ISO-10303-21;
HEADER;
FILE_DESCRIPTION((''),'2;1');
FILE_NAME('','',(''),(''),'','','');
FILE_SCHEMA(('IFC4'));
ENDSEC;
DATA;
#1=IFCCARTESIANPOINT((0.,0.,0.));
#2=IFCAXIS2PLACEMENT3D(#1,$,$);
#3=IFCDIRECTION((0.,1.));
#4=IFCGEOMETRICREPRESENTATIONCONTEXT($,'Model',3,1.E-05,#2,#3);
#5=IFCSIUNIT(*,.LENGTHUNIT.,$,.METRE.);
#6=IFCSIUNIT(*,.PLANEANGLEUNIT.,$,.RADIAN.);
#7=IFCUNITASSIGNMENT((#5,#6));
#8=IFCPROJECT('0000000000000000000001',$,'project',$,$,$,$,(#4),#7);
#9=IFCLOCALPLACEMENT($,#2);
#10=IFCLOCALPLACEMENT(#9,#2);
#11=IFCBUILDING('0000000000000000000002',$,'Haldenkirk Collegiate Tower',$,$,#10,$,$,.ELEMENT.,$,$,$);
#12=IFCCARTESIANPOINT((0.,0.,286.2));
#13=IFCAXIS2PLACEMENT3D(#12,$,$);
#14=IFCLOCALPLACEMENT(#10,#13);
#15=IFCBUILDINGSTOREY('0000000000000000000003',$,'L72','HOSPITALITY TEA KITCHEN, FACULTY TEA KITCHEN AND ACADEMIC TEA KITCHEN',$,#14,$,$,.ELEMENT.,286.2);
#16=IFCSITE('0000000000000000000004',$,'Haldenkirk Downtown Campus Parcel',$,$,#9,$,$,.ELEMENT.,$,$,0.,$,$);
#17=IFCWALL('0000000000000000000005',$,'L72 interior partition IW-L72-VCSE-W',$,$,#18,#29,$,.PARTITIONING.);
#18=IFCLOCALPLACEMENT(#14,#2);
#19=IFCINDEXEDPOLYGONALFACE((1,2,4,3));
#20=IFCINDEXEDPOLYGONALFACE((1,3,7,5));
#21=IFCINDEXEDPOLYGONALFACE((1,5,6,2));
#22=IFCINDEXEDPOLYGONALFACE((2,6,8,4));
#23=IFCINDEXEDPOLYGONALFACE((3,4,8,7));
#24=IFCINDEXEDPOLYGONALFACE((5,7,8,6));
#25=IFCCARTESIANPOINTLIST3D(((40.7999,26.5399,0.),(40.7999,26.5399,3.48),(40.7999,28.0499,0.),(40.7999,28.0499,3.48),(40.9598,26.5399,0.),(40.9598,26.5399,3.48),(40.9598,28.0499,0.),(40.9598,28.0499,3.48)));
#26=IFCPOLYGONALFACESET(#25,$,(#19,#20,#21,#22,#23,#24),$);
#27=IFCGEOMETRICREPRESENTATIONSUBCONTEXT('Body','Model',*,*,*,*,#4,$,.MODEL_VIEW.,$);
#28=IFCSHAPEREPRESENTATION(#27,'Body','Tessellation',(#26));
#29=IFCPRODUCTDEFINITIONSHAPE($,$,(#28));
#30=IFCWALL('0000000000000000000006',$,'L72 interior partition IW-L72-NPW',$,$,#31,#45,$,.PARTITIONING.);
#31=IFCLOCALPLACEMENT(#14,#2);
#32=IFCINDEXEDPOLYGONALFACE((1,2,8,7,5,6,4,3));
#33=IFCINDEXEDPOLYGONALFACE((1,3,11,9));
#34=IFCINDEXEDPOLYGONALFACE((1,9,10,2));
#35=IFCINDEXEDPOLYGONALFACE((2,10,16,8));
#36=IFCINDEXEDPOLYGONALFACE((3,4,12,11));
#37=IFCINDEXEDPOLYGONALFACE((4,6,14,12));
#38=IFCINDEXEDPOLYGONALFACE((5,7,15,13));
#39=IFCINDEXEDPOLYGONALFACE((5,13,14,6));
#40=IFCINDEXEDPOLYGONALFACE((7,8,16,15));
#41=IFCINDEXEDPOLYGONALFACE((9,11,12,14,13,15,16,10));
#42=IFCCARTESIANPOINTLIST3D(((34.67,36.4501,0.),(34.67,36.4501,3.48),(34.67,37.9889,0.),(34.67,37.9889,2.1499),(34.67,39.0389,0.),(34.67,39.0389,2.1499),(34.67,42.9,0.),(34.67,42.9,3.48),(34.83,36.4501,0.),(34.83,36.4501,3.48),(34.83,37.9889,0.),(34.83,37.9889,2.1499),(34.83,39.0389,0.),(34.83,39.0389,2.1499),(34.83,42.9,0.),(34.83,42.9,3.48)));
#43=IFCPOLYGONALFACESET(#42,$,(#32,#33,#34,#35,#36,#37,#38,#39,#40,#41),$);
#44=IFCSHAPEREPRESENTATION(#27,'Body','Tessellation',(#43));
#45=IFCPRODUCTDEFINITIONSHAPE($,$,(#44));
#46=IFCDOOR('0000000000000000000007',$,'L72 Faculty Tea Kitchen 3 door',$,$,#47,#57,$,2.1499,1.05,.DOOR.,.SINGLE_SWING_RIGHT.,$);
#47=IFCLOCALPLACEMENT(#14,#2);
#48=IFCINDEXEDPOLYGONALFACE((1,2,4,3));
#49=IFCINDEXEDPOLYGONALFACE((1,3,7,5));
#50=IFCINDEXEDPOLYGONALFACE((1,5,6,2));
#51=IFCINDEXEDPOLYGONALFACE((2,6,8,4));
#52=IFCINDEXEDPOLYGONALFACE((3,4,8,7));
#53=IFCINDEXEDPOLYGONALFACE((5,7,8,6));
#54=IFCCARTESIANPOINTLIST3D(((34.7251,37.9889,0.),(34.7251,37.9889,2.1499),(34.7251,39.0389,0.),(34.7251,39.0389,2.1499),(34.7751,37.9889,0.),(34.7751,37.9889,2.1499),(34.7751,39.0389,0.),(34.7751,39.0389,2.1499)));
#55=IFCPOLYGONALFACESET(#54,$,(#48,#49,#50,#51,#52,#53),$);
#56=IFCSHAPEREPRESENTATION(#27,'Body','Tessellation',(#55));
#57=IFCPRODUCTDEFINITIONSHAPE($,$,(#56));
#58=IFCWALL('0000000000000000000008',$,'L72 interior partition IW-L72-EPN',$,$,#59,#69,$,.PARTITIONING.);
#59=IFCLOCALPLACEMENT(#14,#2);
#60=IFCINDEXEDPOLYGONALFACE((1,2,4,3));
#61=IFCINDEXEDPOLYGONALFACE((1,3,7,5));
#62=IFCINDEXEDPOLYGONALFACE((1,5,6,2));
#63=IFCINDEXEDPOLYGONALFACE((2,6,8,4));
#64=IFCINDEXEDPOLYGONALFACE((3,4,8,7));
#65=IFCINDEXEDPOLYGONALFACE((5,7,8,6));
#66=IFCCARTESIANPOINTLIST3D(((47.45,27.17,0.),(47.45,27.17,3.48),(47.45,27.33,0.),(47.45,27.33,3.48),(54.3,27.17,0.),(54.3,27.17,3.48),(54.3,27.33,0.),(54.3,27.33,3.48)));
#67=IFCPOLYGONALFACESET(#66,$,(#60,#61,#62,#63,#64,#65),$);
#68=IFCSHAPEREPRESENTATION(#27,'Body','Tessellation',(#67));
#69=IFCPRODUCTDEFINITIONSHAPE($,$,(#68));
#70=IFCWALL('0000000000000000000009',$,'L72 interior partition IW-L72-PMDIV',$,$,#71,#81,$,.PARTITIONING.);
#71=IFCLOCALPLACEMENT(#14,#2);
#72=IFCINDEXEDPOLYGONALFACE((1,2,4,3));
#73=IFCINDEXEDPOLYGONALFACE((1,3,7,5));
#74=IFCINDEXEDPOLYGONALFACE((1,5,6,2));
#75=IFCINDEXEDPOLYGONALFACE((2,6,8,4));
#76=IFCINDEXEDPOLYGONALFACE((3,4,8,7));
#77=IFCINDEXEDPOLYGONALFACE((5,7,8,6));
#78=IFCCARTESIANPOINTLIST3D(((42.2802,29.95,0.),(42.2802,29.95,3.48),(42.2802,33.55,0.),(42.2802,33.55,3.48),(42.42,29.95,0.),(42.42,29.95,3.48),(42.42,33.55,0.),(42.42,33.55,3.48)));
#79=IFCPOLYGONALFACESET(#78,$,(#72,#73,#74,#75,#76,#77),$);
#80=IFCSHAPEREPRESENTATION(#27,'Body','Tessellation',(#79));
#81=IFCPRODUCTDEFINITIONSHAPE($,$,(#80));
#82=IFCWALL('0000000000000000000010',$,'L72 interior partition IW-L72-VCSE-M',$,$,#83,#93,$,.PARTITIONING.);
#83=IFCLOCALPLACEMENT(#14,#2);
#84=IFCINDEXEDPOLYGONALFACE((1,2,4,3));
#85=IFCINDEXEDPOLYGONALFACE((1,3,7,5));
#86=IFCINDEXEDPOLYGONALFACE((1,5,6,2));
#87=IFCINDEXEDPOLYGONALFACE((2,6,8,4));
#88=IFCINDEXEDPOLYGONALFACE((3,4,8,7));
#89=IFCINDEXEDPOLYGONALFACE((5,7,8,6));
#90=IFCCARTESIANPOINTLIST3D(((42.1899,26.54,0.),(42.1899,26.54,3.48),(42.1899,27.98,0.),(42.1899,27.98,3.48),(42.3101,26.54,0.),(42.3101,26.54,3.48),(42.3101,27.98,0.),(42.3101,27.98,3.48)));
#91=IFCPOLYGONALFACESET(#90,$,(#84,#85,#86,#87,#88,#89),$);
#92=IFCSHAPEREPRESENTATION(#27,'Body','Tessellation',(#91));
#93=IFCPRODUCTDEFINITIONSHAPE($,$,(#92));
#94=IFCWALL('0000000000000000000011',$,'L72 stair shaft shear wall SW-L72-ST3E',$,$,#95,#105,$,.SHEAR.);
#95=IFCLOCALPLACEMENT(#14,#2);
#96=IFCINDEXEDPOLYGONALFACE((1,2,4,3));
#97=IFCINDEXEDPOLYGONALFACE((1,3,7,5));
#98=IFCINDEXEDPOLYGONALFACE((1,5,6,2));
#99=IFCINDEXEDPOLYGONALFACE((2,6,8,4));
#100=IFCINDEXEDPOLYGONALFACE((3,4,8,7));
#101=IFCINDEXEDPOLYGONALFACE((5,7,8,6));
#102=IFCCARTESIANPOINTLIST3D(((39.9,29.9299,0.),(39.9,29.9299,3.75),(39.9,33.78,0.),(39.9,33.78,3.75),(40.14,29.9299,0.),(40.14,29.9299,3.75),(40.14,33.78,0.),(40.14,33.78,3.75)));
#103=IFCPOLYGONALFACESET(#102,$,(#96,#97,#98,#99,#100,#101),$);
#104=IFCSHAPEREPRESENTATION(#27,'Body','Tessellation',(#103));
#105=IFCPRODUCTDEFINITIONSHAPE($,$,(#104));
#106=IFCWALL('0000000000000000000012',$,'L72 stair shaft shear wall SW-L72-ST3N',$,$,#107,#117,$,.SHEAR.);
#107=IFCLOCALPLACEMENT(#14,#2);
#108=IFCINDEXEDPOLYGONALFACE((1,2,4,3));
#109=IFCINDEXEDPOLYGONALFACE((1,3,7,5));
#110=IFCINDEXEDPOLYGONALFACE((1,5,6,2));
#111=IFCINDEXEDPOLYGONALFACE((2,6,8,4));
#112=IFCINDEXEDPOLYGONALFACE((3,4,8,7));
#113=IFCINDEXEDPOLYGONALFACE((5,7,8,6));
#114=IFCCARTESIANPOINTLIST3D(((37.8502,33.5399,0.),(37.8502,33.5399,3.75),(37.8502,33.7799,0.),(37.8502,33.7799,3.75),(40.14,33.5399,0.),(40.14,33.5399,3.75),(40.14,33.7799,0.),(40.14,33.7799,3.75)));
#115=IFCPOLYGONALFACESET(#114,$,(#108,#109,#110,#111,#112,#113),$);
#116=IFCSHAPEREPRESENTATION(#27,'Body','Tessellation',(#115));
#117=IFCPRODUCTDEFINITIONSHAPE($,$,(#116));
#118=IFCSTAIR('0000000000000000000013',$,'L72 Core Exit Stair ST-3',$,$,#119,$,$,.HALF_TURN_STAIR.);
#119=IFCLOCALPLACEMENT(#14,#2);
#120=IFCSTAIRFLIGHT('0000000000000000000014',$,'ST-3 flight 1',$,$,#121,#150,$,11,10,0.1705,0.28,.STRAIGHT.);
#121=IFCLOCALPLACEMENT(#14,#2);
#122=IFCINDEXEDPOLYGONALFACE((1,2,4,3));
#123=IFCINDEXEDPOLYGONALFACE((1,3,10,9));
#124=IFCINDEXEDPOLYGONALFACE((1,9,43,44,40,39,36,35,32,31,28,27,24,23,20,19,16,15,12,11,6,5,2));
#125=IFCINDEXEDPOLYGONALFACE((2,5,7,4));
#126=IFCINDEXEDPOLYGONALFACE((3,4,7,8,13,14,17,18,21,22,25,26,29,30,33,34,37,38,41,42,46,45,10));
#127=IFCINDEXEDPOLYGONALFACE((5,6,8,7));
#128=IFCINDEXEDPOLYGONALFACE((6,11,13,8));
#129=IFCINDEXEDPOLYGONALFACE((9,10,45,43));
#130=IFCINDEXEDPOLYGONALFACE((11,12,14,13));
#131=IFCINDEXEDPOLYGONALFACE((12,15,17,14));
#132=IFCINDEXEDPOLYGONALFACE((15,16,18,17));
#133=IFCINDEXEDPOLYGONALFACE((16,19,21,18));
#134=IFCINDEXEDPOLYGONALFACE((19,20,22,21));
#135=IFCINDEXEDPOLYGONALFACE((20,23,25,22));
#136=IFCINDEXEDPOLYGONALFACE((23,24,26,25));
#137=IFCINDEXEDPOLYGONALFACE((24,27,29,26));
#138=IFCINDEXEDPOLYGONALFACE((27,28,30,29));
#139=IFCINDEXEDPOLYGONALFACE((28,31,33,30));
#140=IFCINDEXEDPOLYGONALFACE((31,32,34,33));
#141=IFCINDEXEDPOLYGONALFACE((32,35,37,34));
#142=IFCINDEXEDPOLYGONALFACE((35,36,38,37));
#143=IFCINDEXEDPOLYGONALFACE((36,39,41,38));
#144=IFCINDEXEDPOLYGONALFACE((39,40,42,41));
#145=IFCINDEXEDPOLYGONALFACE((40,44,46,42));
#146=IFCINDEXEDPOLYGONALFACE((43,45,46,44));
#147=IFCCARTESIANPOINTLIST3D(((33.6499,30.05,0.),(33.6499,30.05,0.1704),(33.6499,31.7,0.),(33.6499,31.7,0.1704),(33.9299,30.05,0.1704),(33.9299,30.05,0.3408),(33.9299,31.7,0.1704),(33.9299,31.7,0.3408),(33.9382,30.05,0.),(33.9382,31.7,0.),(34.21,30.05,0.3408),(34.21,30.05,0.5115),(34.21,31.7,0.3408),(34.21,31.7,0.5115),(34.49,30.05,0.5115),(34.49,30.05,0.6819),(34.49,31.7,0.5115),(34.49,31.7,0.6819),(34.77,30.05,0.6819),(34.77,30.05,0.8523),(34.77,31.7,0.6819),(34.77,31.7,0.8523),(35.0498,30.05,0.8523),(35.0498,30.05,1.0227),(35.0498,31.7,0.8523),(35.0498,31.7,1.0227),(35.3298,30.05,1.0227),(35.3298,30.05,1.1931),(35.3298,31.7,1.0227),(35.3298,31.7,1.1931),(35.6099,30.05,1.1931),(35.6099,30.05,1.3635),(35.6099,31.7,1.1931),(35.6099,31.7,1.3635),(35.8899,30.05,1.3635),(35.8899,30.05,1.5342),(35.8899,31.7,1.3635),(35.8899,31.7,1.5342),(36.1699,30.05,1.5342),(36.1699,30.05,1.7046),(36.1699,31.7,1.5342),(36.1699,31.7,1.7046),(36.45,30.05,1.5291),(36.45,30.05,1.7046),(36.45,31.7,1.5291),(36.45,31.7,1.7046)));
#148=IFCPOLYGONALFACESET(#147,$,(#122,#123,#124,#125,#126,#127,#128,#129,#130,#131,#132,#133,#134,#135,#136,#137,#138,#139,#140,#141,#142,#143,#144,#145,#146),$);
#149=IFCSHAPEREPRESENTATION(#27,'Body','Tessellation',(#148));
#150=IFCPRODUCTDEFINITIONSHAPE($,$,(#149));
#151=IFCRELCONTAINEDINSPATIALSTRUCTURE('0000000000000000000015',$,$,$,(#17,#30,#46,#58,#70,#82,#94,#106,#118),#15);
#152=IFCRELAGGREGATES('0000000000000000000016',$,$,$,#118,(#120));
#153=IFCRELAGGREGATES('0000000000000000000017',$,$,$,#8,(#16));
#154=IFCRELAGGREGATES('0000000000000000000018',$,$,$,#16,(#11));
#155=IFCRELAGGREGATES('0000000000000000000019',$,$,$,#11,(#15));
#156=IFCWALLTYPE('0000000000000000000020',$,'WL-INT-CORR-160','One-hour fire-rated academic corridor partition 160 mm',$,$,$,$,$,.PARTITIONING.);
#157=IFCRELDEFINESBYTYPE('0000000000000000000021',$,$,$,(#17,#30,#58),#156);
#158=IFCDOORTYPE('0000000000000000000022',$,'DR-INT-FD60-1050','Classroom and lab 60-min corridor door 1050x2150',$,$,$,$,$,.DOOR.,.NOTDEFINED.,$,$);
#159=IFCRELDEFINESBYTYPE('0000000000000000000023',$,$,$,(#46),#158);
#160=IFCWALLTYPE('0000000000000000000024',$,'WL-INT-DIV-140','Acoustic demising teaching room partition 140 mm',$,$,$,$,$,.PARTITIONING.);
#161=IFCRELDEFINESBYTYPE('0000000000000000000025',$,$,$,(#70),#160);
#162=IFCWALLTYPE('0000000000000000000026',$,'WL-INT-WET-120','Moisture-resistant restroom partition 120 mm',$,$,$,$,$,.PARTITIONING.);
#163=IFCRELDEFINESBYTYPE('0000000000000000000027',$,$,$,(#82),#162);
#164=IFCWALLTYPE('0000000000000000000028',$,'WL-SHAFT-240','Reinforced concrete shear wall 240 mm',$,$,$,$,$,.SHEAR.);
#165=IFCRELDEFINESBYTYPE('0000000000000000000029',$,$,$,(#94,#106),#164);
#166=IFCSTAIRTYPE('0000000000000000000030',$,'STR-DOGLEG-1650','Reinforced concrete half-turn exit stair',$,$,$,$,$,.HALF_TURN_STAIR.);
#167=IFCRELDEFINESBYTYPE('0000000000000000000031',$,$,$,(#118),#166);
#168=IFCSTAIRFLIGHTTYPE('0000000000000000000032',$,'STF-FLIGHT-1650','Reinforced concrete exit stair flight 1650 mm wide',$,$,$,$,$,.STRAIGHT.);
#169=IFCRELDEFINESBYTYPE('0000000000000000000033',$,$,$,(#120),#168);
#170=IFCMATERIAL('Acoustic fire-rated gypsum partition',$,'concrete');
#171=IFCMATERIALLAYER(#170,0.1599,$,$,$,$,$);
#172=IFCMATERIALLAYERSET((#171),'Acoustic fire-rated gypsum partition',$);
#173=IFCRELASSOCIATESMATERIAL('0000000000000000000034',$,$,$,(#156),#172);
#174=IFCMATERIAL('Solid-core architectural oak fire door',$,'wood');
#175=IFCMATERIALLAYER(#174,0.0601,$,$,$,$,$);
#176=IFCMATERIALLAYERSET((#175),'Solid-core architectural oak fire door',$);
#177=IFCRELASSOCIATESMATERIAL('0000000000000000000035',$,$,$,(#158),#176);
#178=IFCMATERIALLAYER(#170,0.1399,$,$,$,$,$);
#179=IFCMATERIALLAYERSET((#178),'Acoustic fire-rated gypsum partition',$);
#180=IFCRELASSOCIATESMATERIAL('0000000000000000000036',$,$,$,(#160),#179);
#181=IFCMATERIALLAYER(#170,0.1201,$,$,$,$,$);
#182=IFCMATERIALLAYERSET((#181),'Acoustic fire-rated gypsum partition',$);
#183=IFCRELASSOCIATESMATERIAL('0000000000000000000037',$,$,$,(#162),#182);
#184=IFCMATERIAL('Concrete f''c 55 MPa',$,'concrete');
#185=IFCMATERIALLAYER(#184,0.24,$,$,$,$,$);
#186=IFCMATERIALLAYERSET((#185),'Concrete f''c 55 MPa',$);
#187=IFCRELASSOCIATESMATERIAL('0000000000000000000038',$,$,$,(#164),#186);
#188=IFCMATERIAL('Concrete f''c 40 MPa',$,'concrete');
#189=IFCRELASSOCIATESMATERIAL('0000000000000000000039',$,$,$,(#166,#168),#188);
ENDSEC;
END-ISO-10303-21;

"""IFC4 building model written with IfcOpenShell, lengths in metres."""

from ifc_helpers import new_model, si_unit, direction, frame, frame_2d, origin, place, context, subcontext, project, spatial, polyline, rectangle, outline, extrude, material, layer, layer_set, type_object, element, fill, aggregate, save


model = new_model("IFC4")

# Units and contexts
model_context = context("Model", 3, precision=1e-05, world=origin(), true_north=direction((0.0, 1.0)))
body_context = subcontext(model_context, "Body", "Model", "MODEL_VIEW")
ifc_project = project(units=[si_unit("LENGTHUNIT", "METRE"), si_unit("PLANEANGLEUNIT", "RADIAN")], contexts=[model_context])

# Site, building, storey
site_placement = place(None, origin())
site = spatial("IfcSite", under=ifc_project, at=site_placement, Name="Haldenkirk Downtown Campus Parcel", CompositionType="ELEMENT", RefElevation=0.0)
building_placement = place(site_placement, origin())
building = spatial("IfcBuilding", under=site, at=building_placement, Name="Haldenkirk Collegiate Tower", CompositionType="ELEMENT")
storey_placement = place(building_placement, frame((0.0, 0.0, 286.2)))
storey = spatial("IfcBuildingStorey", under=building, at=storey_placement, Name="L72", Description="HOSPITALITY TEA KITCHEN, FACULTY TEA KITCHEN AND ACADEMIC TEA KITCHEN", CompositionType="ELEMENT", Elevation=286.2)

# Shared definitions
ifc_material_1 = material(Name="Acoustic fire-rated gypsum partition", Category="concrete")
ifc_layer_1 = layer(ifc_material_1, 0.1599)
ifc_layer_set_1 = layer_set([ifc_layer_1], Name="Acoustic fire-rated gypsum partition")
wall_type_1 = type_object("IfcWallType", Name="WL-INT-CORR-160", Description="One-hour fire-rated academic corridor partition 160 mm", PredefinedType="PARTITIONING", material=ifc_layer_set_1)
ifc_material_2 = material(Name="Solid-core architectural oak fire door", Category="wood")

# Wall
wall_1_placement = place(storey_placement, frame((40.8799, 26.54, 0.0), z_axis=(0.0, 0.0, 1.0), x_axis=(0.0, 1.0, 0.0)))
element("IfcWall", 1, at=wall_1_placement, inside=storey, type_object=wall_type_1, Name="L72 interior partition IW-L72-VCSE-W", PredefinedType="PARTITIONING", context=body_context, shape_type="SweptSolid", body=[
    extrude(rectangle(XDim=1.51, YDim=0.1599, at=frame_2d((0.7549, 0.0))), origin(), (0.0, 0.0, 1.0), 3.48),
])

# Shared definitions
ifc_layer_2 = layer(ifc_material_2, 0.0601)
ifc_layer_set_2 = layer_set([ifc_layer_2], Name="Solid-core architectural oak fire door")
door_type_1 = type_object("IfcDoorType", Name="DR-INT-FD60-1050", Description="Classroom and lab 60-min corridor door 1050x2150", OperationType="NOTDEFINED", PredefinedType="DOOR", material=ifc_layer_set_2)

# Wall, opening, door
wall_2_placement = place(storey_placement, frame((34.75, 36.45, 0.0), z_axis=(0.0, 0.0, 1.0), x_axis=(0.0, 1.0, 0.0)))
wall_2 = element("IfcWall", 2, at=wall_2_placement, inside=storey, type_object=wall_type_1, Name="L72 interior partition IW-L72-NPW", PredefinedType="PARTITIONING", context=body_context, shape_type="SweptSolid", body=[
    extrude(rectangle(XDim=6.45, YDim=0.1599, at=frame_2d((3.2251, 0.0))), origin(), (0.0, 0.0, 1.0), 3.48),
])
opening_1_placement = place(wall_2_placement, frame((1.5391, 0.0, 0.0)))
opening_1 = element("IfcOpeningElement", 3, at=opening_1_placement, cuts=wall_2, PredefinedType="OPENING", context=body_context, shape_type="SweptSolid", body=[
    extrude(rectangle(XDim=1.05, YDim=2.1499, at=frame_2d((0.5249, 1.075))), frame((0.0, 0.0898, 0.0), z_axis=(0.0, -1.0, 0.0), x_axis=(1.0, 0.0, 0.0)), (0.0, 0.0, 1.0), 0.1799),
])
door_1_placement = place(opening_1_placement, origin())
door_1 = element("IfcDoor", 4, at=door_1_placement, inside=storey, type_object=door_type_1, Name="L72 Faculty Tea Kitchen 3 door", OperationType="SINGLE_SWING_RIGHT", OverallHeight=2.1499, OverallWidth=1.05, PredefinedType="DOOR", context=body_context, shape_type="SweptSolid", body=[
    extrude(rectangle(XDim=1.05, YDim=2.1499, at=frame_2d((0.5249, 1.075))), frame((0.0, 0.0249, 0.0), z_axis=(0.0, -1.0, 0.0), x_axis=(1.0, 0.0, 0.0)), (0.0, 0.0, 1.0), 0.05),
])
fill(opening_1, door_1)

# Walls
wall_3_placement = place(storey_placement, frame((47.45, 27.25, 0.0), z_axis=(0.0, 0.0, 1.0), x_axis=(1.0, 0.0, 0.0)))
element("IfcWall", 5, at=wall_3_placement, inside=storey, type_object=wall_type_1, Name="L72 interior partition IW-L72-EPN", PredefinedType="PARTITIONING", context=body_context, shape_type="SweptSolid", body=[
    extrude(rectangle(XDim=6.8501, YDim=0.1599, at=frame_2d((3.425, 0.0))), origin(), (0.0, 0.0, 1.0), 3.48),
])
ifc_layer_3 = layer(ifc_material_1, 0.1399)
ifc_layer_set_3 = layer_set([ifc_layer_3], Name="Acoustic fire-rated gypsum partition")
wall_type_2 = type_object("IfcWallType", Name="WL-INT-DIV-140", Description="Acoustic demising teaching room partition 140 mm", PredefinedType="PARTITIONING", material=ifc_layer_set_3)
wall_4_placement = place(storey_placement, frame((42.3501, 29.95, 0.0), z_axis=(0.0, 0.0, 1.0), x_axis=(0.0, 1.0, 0.0)))
element("IfcWall", 6, at=wall_4_placement, inside=storey, type_object=wall_type_2, Name="L72 interior partition IW-L72-PMDIV", PredefinedType="PARTITIONING", context=body_context, shape_type="SweptSolid", body=[
    extrude(rectangle(XDim=3.6001, YDim=0.1399, at=frame_2d((1.8, 0.0))), origin(), (0.0, 0.0, 1.0), 3.48),
])
ifc_layer_4 = layer(ifc_material_1, 0.1201)
ifc_layer_set_4 = layer_set([ifc_layer_4], Name="Acoustic fire-rated gypsum partition")
wall_type_3 = type_object("IfcWallType", Name="WL-INT-WET-120", Description="Moisture-resistant restroom partition 120 mm", PredefinedType="PARTITIONING", material=ifc_layer_set_4)
wall_5_placement = place(storey_placement, frame((42.25, 26.54, 0.0), z_axis=(0.0, 0.0, 1.0), x_axis=(0.0, 1.0, 0.0)))
element("IfcWall", 7, at=wall_5_placement, inside=storey, type_object=wall_type_3, Name="L72 interior partition IW-L72-VCSE-M", PredefinedType="PARTITIONING", context=body_context, shape_type="SweptSolid", body=[
    extrude(rectangle(XDim=1.4399, YDim=0.1201, at=frame_2d((0.72, 0.0))), origin(), (0.0, 0.0, 1.0), 3.48),
])
ifc_material_3 = material(Name="Concrete f'c 55 MPa", Category="concrete")
ifc_layer_5 = layer(ifc_material_3, 0.24)
ifc_layer_set_5 = layer_set([ifc_layer_5], Name="Concrete f'c 55 MPa")
wall_type_4 = type_object("IfcWallType", Name="WL-SHAFT-240", Description="Reinforced concrete shear wall 240 mm", PredefinedType="SHEAR", material=ifc_layer_set_5)
wall_6_placement = place(storey_placement, frame((40.02, 29.9299, 0.0), z_axis=(0.0, 0.0, 1.0), x_axis=(0.0, 1.0, 0.0)))
element("IfcWall", 8, at=wall_6_placement, inside=storey, type_object=wall_type_4, Name="L72 stair shaft shear wall SW-L72-ST3E", PredefinedType="SHEAR", context=body_context, shape_type="SweptSolid", body=[
    extrude(rectangle(XDim=3.8501, YDim=0.24, at=frame_2d((1.925, 0.0))), origin(), (0.0, 0.0, 1.0), 3.75),
])
wall_7_placement = place(storey_placement, frame((37.8501, 33.6599, 0.0), z_axis=(0.0, 0.0, 1.0), x_axis=(1.0, 0.0, 0.0)))
element("IfcWall", 9, at=wall_7_placement, inside=storey, type_object=wall_type_4, Name="L72 stair shaft shear wall SW-L72-ST3N", PredefinedType="SHEAR", context=body_context, shape_type="SweptSolid", body=[
    extrude(rectangle(XDim=2.2898, YDim=0.24, at=frame_2d((1.145, 0.0))), origin(), (0.0, 0.0, 1.0), 3.75),
])

# Stair, stair flight
ifc_material_4 = material(Name="Concrete f'c 40 MPa", Category="concrete")
stair_type = type_object("IfcStairType", Name="STR-DOGLEG-1650", Description="Reinforced concrete half-turn exit stair", PredefinedType="HALF_TURN_STAIR", material=ifc_material_4)
stair_placement = place(storey_placement, origin())
stair = element("IfcStair", 10, at=stair_placement, inside=storey, type_object=stair_type, Name="L72 Core Exit Stair ST-3", PredefinedType="HALF_TURN_STAIR")
stair_flight_type = type_object("IfcStairFlightType", Name="STF-FLIGHT-1650", Description="Reinforced concrete exit stair flight 1650 mm wide", PredefinedType="STRAIGHT", material=ifc_material_4)
stair_flight_1_placement = place(storey_placement, frame((33.6499, 30.875, 0.0), z_axis=(0.0, 0.0, 1.0), x_axis=(1.0, 0.0, 0.0)))
stair_flight_1 = element("IfcStairFlight", 11, at=stair_flight_1_placement, type_object=stair_flight_type, Name="ST-3 flight 1", NumberOfRisers=11, NumberOfTreads=10, PredefinedType="STRAIGHT", RiserHeight=0.1705, TreadLength=0.28, context=body_context, shape_type="SweptSolid", body=[
    extrude(outline(polyline([(0.0, 0.0), (0.0, 0.1704), (0.28, 0.1704), (0.28, 0.3408), (0.5601, 0.3408), (0.5601, 0.5115), (0.8401, 0.5115), (0.8401, 0.6819), (1.1201, 0.6819), (1.1201, 0.8523), (1.3999, 0.8523), (1.3999, 1.0227), (1.6799, 1.0227), (1.6799, 1.1931), (1.96, 1.1931), (1.96, 1.3635), (2.24, 1.3635), (2.24, 1.5342), (2.52, 1.5342), (2.52, 1.7046), (2.8, 1.7046), (2.8, 1.875), (2.8, 1.5291), (0.2883, 0.0), (0.0, 0.0)])), frame((0.0, 0.825, 0.0), z_axis=(0.0, -1.0, 0.0), x_axis=(1.0, 0.0, 0.0)), (0.0, 0.0, 1.0), 1.6499),
])
aggregate(stair, [stair_flight_1])

save(model, "model.ifc")
